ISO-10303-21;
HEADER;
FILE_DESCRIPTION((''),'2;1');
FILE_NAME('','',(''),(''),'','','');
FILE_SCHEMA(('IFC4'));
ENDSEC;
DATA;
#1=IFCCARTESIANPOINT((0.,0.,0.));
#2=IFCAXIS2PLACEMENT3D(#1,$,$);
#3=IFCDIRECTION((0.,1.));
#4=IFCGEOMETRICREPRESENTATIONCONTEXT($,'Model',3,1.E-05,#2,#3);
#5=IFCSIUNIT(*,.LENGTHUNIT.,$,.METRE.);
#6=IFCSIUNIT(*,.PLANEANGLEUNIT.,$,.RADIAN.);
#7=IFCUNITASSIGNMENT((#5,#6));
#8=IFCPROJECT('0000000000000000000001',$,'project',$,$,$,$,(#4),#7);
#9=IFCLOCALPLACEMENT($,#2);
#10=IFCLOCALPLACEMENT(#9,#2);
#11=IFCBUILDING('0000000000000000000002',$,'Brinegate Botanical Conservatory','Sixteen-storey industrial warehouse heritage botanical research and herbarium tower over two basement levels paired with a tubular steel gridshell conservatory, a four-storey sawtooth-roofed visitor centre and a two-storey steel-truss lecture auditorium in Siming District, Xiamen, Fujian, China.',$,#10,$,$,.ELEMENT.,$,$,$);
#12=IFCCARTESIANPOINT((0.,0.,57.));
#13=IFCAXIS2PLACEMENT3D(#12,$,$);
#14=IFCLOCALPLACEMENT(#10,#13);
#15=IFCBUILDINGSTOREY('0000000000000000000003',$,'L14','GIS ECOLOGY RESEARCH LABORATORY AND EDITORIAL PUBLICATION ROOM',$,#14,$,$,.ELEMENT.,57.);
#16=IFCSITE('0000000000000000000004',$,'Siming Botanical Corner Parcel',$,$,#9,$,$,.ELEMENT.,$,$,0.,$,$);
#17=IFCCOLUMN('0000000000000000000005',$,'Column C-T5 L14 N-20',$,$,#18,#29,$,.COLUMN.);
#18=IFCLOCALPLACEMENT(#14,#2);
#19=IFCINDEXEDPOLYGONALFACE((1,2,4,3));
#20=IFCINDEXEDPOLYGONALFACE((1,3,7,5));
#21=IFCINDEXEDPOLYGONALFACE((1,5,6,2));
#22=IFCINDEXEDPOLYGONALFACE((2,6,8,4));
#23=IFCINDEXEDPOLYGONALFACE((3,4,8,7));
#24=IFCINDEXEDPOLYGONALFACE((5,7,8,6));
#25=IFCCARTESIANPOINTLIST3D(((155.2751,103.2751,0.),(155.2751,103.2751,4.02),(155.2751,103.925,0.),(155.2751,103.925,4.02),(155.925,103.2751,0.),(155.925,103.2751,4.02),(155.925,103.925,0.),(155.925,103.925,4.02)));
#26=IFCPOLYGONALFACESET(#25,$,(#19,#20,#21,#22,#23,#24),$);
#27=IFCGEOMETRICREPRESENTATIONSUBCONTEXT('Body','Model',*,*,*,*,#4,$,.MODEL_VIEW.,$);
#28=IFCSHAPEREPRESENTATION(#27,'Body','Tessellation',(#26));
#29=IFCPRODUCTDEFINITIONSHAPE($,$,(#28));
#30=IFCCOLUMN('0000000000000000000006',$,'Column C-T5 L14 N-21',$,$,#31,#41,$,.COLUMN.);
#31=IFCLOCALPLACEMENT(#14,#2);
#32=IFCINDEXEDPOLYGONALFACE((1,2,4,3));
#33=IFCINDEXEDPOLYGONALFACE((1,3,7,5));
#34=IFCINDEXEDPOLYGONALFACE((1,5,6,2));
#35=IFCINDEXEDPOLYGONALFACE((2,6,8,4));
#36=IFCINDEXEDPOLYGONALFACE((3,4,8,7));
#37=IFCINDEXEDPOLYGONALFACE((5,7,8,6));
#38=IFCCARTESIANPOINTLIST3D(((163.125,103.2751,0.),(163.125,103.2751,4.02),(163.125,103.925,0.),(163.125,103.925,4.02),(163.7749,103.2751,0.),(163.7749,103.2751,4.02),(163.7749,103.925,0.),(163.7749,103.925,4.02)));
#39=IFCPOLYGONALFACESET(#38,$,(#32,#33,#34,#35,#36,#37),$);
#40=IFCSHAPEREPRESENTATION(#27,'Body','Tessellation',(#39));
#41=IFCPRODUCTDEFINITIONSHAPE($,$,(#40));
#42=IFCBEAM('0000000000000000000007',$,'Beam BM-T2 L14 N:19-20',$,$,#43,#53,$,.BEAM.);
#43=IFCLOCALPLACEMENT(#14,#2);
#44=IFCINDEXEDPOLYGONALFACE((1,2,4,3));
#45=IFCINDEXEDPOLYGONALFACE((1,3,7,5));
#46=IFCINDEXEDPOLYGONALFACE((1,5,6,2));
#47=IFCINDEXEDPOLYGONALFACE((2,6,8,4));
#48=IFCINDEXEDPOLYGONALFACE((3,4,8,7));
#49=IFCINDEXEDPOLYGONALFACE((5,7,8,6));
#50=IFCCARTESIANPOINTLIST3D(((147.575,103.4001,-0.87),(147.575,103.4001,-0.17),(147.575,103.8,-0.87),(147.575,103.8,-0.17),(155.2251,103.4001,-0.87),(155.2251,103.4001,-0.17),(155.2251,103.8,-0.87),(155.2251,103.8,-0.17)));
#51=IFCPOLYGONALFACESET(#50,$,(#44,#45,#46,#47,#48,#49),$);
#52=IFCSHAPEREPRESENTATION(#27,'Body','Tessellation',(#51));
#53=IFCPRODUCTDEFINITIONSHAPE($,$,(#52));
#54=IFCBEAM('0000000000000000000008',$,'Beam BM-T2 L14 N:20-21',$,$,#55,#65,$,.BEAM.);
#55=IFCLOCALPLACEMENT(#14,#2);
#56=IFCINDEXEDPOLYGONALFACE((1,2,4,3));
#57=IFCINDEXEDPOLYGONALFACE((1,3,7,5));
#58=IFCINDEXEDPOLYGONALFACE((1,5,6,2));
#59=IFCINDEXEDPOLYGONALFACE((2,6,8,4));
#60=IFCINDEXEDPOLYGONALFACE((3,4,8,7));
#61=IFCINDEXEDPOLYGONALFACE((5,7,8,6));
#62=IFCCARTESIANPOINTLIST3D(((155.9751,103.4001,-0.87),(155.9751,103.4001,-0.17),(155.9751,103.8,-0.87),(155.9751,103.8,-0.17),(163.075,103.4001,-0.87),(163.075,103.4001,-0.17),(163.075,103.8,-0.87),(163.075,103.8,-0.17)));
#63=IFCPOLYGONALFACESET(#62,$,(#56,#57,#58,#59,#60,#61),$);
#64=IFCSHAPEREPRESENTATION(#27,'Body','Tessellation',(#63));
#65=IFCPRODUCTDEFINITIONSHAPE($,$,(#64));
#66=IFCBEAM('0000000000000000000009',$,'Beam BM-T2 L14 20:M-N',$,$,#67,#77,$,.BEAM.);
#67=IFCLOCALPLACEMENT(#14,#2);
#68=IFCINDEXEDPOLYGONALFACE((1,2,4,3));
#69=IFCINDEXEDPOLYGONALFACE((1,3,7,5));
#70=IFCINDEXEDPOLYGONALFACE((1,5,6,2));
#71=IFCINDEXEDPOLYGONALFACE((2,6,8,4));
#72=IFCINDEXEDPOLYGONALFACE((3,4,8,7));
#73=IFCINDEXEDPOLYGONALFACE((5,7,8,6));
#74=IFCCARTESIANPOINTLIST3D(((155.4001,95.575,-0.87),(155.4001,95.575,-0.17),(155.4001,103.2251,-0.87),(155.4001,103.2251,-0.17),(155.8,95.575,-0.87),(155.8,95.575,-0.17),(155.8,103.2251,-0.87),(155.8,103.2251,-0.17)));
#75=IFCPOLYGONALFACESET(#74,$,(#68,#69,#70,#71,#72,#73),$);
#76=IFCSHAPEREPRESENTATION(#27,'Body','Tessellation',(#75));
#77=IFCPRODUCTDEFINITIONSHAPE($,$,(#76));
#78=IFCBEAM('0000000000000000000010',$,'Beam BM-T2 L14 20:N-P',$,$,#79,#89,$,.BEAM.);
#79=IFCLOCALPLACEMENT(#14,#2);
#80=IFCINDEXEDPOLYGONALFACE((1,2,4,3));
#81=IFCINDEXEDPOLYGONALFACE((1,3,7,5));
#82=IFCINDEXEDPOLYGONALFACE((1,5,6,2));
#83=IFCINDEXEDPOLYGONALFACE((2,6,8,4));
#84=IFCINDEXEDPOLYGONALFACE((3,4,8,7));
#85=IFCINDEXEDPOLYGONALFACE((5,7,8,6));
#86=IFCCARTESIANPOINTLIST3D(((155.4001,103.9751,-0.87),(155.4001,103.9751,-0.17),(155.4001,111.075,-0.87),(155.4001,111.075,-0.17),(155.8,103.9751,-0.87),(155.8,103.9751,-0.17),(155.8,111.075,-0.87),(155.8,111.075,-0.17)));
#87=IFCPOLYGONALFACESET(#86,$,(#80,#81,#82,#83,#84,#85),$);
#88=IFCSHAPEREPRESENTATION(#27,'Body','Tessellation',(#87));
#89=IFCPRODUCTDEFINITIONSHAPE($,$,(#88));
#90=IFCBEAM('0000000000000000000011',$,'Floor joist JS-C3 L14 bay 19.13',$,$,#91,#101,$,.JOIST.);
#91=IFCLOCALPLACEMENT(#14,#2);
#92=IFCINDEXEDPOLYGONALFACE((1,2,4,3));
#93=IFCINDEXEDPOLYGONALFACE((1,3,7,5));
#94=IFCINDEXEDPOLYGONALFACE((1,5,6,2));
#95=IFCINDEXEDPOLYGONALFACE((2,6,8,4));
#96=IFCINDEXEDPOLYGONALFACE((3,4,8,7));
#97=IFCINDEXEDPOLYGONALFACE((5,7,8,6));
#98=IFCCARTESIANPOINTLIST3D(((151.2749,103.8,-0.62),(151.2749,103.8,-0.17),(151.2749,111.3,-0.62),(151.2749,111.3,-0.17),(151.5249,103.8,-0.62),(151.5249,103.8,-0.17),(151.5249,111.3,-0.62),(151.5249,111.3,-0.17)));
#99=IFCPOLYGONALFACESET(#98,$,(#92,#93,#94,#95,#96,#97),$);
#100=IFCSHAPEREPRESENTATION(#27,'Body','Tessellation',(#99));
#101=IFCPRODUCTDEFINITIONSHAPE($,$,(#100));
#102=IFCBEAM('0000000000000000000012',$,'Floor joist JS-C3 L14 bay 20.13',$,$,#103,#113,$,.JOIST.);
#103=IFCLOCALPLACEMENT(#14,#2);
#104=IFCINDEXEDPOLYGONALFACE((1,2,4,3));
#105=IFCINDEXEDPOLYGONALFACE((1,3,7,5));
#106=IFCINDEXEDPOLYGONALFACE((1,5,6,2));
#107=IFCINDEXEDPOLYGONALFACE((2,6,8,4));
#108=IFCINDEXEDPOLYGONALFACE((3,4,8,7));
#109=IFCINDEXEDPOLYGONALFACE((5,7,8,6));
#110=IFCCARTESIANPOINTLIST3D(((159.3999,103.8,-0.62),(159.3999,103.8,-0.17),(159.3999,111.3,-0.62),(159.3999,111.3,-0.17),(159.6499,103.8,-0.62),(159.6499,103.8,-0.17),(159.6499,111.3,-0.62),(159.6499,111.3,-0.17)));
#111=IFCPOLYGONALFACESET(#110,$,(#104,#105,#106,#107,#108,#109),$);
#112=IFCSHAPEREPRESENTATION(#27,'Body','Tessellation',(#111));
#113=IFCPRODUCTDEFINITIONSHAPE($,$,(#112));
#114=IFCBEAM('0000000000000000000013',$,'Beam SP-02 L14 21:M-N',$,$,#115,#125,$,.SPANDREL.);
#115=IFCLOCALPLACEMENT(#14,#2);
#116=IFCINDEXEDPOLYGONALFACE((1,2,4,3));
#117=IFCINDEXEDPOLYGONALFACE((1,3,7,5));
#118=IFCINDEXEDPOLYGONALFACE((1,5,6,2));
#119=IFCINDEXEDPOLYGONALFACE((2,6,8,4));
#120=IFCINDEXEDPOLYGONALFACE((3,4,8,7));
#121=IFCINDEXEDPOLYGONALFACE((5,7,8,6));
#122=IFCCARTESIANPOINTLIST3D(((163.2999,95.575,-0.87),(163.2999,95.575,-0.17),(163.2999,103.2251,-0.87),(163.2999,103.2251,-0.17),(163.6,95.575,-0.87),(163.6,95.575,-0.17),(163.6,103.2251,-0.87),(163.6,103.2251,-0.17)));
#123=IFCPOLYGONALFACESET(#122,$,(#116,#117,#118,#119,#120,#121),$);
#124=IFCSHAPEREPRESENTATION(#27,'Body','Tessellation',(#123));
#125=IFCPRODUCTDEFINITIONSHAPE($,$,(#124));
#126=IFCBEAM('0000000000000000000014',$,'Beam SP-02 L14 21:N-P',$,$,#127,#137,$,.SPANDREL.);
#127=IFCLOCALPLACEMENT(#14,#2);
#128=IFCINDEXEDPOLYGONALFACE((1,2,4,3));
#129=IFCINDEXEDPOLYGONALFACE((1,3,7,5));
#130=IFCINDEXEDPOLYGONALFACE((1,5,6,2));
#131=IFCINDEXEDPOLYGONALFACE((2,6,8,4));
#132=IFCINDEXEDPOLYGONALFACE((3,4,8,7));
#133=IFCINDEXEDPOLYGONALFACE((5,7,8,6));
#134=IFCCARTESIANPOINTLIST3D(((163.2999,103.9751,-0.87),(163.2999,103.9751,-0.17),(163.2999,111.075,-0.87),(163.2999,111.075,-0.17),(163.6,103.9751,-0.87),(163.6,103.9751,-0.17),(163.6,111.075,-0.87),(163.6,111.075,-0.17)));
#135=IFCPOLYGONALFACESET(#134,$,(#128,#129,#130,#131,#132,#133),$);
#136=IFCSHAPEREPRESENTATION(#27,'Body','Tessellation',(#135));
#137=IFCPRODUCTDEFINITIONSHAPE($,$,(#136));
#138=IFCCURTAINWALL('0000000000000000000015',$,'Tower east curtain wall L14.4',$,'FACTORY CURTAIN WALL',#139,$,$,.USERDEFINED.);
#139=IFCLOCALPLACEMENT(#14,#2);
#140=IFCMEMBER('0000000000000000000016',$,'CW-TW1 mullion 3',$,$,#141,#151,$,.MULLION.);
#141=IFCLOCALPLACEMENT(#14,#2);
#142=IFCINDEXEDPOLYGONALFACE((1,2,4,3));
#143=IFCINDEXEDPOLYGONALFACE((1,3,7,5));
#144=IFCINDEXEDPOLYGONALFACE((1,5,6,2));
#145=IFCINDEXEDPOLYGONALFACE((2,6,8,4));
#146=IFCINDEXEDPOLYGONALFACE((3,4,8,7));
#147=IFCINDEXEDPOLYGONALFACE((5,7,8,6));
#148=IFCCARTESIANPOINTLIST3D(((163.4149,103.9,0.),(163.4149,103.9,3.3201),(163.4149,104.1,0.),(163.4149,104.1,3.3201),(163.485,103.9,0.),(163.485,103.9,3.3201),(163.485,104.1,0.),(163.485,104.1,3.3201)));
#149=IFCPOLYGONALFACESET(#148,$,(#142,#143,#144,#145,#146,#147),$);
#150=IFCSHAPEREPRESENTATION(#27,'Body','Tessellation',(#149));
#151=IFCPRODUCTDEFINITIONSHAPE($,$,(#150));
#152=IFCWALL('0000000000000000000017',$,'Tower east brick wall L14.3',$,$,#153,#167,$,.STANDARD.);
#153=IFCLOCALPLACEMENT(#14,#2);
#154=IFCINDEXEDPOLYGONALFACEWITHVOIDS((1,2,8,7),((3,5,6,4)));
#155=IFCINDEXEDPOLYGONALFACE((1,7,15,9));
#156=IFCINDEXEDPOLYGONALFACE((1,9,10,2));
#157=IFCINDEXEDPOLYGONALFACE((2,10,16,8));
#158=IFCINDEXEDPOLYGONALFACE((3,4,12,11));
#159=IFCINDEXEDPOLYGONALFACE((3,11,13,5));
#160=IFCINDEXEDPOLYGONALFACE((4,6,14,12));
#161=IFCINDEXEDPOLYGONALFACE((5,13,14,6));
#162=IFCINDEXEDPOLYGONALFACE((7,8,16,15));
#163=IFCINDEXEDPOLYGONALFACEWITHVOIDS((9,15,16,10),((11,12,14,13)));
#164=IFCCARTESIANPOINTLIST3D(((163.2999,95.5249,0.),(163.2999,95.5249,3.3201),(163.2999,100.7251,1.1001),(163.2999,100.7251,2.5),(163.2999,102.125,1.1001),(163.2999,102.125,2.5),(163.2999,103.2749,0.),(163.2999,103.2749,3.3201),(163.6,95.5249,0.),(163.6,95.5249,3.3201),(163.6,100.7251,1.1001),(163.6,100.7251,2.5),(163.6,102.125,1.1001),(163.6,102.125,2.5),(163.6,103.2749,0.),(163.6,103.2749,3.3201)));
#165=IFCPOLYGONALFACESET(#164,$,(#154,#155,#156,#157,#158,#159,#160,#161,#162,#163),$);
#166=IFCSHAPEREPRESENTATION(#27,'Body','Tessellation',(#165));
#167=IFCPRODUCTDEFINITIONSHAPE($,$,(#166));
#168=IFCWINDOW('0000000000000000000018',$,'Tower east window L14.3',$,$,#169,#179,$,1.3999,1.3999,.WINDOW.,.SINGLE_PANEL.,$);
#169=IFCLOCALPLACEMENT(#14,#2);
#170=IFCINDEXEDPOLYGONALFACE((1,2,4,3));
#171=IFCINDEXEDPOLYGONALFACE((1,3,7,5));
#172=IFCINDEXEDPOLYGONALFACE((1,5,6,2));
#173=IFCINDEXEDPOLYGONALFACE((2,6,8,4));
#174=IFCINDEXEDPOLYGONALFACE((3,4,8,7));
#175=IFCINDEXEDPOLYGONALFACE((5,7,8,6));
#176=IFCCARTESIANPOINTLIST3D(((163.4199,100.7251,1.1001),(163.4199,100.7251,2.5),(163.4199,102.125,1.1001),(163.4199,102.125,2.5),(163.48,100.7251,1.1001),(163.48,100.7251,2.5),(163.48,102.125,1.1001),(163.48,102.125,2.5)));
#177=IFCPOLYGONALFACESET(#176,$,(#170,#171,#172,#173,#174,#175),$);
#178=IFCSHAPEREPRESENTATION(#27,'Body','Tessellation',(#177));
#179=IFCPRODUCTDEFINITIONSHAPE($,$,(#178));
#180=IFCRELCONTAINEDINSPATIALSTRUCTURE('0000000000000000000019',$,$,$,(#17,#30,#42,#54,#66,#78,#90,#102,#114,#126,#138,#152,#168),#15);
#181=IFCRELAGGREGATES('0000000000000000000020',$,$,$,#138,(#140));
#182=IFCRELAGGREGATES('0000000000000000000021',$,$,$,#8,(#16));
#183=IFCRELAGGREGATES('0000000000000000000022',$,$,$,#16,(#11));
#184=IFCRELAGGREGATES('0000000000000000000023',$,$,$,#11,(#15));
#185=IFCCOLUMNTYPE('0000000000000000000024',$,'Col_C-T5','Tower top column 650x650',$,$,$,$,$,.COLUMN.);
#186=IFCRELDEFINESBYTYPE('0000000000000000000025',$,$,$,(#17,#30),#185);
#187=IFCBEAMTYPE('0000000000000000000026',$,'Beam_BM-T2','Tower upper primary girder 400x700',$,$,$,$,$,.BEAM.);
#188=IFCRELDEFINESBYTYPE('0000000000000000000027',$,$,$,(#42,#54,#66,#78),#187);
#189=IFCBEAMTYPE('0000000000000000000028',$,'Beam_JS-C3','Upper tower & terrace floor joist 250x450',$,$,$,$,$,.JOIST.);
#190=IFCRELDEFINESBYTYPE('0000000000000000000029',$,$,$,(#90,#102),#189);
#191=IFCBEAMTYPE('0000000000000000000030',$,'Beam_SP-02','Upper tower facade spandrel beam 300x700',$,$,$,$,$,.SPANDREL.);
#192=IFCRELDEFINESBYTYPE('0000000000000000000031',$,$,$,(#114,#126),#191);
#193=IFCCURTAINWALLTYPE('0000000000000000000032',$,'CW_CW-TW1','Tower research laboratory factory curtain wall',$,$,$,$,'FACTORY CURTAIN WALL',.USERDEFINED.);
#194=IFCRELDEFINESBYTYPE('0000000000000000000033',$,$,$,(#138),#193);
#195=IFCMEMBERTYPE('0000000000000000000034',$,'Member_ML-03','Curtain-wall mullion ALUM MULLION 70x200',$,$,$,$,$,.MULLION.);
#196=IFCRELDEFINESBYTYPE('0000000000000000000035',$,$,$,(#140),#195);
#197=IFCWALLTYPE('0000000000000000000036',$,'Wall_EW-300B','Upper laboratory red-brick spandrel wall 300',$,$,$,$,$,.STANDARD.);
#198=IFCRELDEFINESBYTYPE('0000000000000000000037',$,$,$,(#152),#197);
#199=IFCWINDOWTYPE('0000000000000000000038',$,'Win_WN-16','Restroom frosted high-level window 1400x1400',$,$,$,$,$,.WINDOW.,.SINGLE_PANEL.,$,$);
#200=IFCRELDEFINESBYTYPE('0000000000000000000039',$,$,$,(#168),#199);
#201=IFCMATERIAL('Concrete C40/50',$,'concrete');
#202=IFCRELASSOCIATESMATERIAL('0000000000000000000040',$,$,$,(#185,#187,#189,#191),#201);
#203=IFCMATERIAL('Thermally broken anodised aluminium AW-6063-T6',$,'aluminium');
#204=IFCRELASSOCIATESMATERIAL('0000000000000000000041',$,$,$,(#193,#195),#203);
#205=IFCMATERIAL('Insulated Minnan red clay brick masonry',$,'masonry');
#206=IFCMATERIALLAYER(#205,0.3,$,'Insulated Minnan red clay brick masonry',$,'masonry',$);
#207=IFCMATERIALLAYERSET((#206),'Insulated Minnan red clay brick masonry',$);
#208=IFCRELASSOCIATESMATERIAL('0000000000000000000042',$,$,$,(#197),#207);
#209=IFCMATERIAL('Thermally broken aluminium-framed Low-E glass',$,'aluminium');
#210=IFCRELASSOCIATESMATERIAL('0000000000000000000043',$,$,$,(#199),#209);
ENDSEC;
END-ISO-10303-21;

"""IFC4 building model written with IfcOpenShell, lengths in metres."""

from ifc_helpers import new_model, si_unit, direction, frame, frame_2d, origin, origin_2d, place, context, subcontext, project, spatial, rectangle, extrude, material, layer, layer_set, material_profile, profile_set, type_object, element, fill, aggregate, save


model = new_model("IFC4")

# Units and contexts
model_context = context("Model", 3, precision=1e-05, world=origin(), true_north=direction((0.0, 1.0)))
body_context = subcontext(model_context, "Body", "Model", "MODEL_VIEW")
ifc_project = project(units=[si_unit("LENGTHUNIT", "METRE"), si_unit("PLANEANGLEUNIT", "RADIAN")], contexts=[model_context])

# Site, building, storey
site_placement = place(None, origin())
site = spatial("IfcSite", under=ifc_project, at=site_placement, Name="Siming Botanical Corner Parcel", CompositionType="ELEMENT", RefElevation=0.0)
building_placement = place(site_placement, origin())
building = spatial("IfcBuilding", under=site, at=building_placement, Name="Brinegate Botanical Conservatory", Description="Sixteen-storey industrial warehouse heritage botanical research and herbarium tower over two basement levels paired with a tubular steel gridshell conservatory, a four-storey sawtooth-roofed visitor centre and a two-storey steel-truss lecture auditorium in Siming District, Xiamen, Fujian, China.", CompositionType="ELEMENT")
storey_placement = place(building_placement, frame((0.0, 0.0, 57.0)))
storey = spatial("IfcBuildingStorey", under=building, at=storey_placement, Name="L14", Description="GIS ECOLOGY RESEARCH LABORATORY AND EDITORIAL PUBLICATION ROOM", CompositionType="ELEMENT", Elevation=57.0)

# Columns
ifc_material_1 = material(Name="Concrete C40/50", Category="concrete")
ifc_material_profile_1 = material_profile(ifc_material_1, rectangle(XDim=0.6499, YDim=0.6499, at=origin_2d()), Name="RC COL 650x650")
ifc_profile_set_1 = profile_set([ifc_material_profile_1], Name="Concrete C40/50")
column_type = type_object("IfcColumnType", Name="Col_C-T5", Description="Tower top column 650x650", PredefinedType="COLUMN", material=ifc_profile_set_1)
for number, where, z_axis, x_axis, name in (
    (1, (155.6001, 103.6001, 0.0), (0.0, 0.0, 1.0), (1.0, 0.0, 0.0), "Column C-T5 L14 N-20"),
    (2, (163.45, 103.6001, 0.0), (0.0, 0.0, 1.0), (1.0, 0.0, 0.0), "Column C-T5 L14 N-21"),
):
    element("IfcColumn", number, at=place(storey_placement, frame(where, z_axis=z_axis, x_axis=x_axis)), inside=storey, type_object=column_type, Name=name, PredefinedType="COLUMN", context=body_context, shape_type="SweptSolid", body=[
        extrude(rectangle(XDim=0.6499, YDim=0.6499, at=origin_2d()), origin(), (0.0, 0.0, 1.0), 4.02),
    ])

# Beams
ifc_material_profile_2 = material_profile(ifc_material_1, rectangle(XDim=0.3999, YDim=0.7, at=origin_2d()), Name="RC BM 400x700")
ifc_profile_set_2 = profile_set([ifc_material_profile_2], Name="Concrete C40/50")
beam_type_1 = type_object("IfcBeamType", Name="Beam_BM-T2", Description="Tower upper primary girder 400x700", PredefinedType="BEAM", material=ifc_profile_set_2)
beam_1_placement = place(storey_placement, frame((147.575, 103.6001, -0.52), z_axis=(1.0, 0.0, 0.0), x_axis=(0.0, 1.0, 0.0)))
element("IfcBeam", 3, at=beam_1_placement, inside=storey, type_object=beam_type_1, Name="Beam BM-T2 L14 N:19-20", PredefinedType="BEAM", context=body_context, shape_type="SweptSolid", body=[
    extrude(rectangle(XDim=0.3999, YDim=0.7, at=origin_2d()), origin(), (0.0, 0.0, 1.0), 7.6501),
])
beam_2_placement = place(storey_placement, frame((155.9751, 103.6001, -0.52), z_axis=(1.0, 0.0, 0.0), x_axis=(0.0, 1.0, 0.0)))
element("IfcBeam", 4, at=beam_2_placement, inside=storey, type_object=beam_type_1, Name="Beam BM-T2 L14 N:20-21", PredefinedType="BEAM", context=body_context, shape_type="SweptSolid", body=[
    extrude(rectangle(XDim=0.3999, YDim=0.7, at=origin_2d()), origin(), (0.0, 0.0, 1.0), 7.0999),
])
beam_3_placement = place(storey_placement, frame((155.6001, 95.575, -0.52), z_axis=(0.0, 1.0, 0.0), x_axis=(-1.0, 0.0, 0.0)))
element("IfcBeam", 5, at=beam_3_placement, inside=storey, type_object=beam_type_1, Name="Beam BM-T2 L14 20:M-N", PredefinedType="BEAM", context=body_context, shape_type="SweptSolid", body=[
    extrude(rectangle(XDim=0.3999, YDim=0.7, at=origin_2d()), origin(), (0.0, 0.0, 1.0), 7.6501),
])
beam_4_placement = place(storey_placement, frame((155.6001, 103.9751, -0.52), z_axis=(0.0, 1.0, 0.0), x_axis=(-1.0, 0.0, 0.0)))
element("IfcBeam", 6, at=beam_4_placement, inside=storey, type_object=beam_type_1, Name="Beam BM-T2 L14 20:N-P", PredefinedType="BEAM", context=body_context, shape_type="SweptSolid", body=[
    extrude(rectangle(XDim=0.3999, YDim=0.7, at=origin_2d()), origin(), (0.0, 0.0, 1.0), 7.0999),
])
ifc_material_profile_3 = material_profile(ifc_material_1, rectangle(XDim=0.25, YDim=0.45, at=origin_2d()), Name="RC JST 250x450")
ifc_profile_set_3 = profile_set([ifc_material_profile_3], Name="Concrete C40/50")
beam_type_2 = type_object("IfcBeamType", Name="Beam_JS-C3", Description="Upper tower & terrace floor joist 250x450", PredefinedType="JOIST", material=ifc_profile_set_3)
for number, where, z_axis, x_axis, name in (
    (7, (151.3999, 103.8, -0.395), (0.0, 1.0, 0.0), (-1.0, 0.0, 0.0), "Floor joist JS-C3 L14 bay 19.13"),
    (8, (159.5249, 103.8, -0.395), (0.0, 1.0, 0.0), (-1.0, 0.0, 0.0), "Floor joist JS-C3 L14 bay 20.13"),
):
    element("IfcBeam", number, at=place(storey_placement, frame(where, z_axis=z_axis, x_axis=x_axis)), inside=storey, type_object=beam_type_2, Name=name, PredefinedType="JOIST", context=body_context, shape_type="SweptSolid", body=[
        extrude(rectangle(XDim=0.25, YDim=0.45, at=origin_2d()), origin(), (0.0, 0.0, 1.0), 7.5),
    ])
ifc_material_profile_4 = material_profile(ifc_material_1, rectangle(XDim=0.3, YDim=0.7, at=origin_2d()), Name="RC SPN 300x700")
ifc_profile_set_4 = profile_set([ifc_material_profile_4], Name="Concrete C40/50")
beam_type_3 = type_object("IfcBeamType", Name="Beam_SP-02", Description="Upper tower facade spandrel beam 300x700", PredefinedType="SPANDREL", material=ifc_profile_set_4)
beam_5_placement = place(storey_placement, frame((163.45, 95.575, -0.52), z_axis=(0.0, 1.0, 0.0), x_axis=(-1.0, 0.0, 0.0)))
element("IfcBeam", 9, at=beam_5_placement, inside=storey, type_object=beam_type_3, Name="Beam SP-02 L14 21:M-N", PredefinedType="SPANDREL", context=body_context, shape_type="SweptSolid", body=[
    extrude(rectangle(XDim=0.3, YDim=0.7, at=origin_2d()), origin(), (0.0, 0.0, 1.0), 7.6501),
])
beam_6_placement = place(storey_placement, frame((163.45, 103.9751, -0.52), z_axis=(0.0, 1.0, 0.0), x_axis=(-1.0, 0.0, 0.0)))
element("IfcBeam", 10, at=beam_6_placement, inside=storey, type_object=beam_type_3, Name="Beam SP-02 L14 21:N-P", PredefinedType="SPANDREL", context=body_context, shape_type="SweptSolid", body=[
    extrude(rectangle(XDim=0.3, YDim=0.7, at=origin_2d()), origin(), (0.0, 0.0, 1.0), 7.0999),
])

# Curtain wall, member
ifc_material_2 = material(Name="Thermally broken anodised aluminium AW-6063-T6", Category="aluminium")
curtain_wall_type = type_object("IfcCurtainWallType", Name="CW_CW-TW1", Description="Tower research laboratory factory curtain wall", ElementType="FACTORY CURTAIN WALL", PredefinedType="USERDEFINED", material=ifc_material_2)
curtain_wall_placement = place(storey_placement, origin())
curtain_wall = element("IfcCurtainWall", 11, at=curtain_wall_placement, inside=storey, type_object=curtain_wall_type, Name="Tower east curtain wall L14.4", ObjectType="FACTORY CURTAIN WALL", PredefinedType="USERDEFINED")
ifc_material_profile_5 = material_profile(ifc_material_2, rectangle(XDim=0.0701, YDim=0.2, at=origin_2d()), Name="ALUM MULLION 70x200")
ifc_profile_set_5 = profile_set([ifc_material_profile_5], Name="Thermally broken anodised aluminium AW-6063-T6")
member_type = type_object("IfcMemberType", Name="Member_ML-03", Description="Curtain-wall mullion ALUM MULLION 70x200", PredefinedType="MULLION", material=ifc_profile_set_5)
member_placement = place(storey_placement, frame((163.45, 104.0, 0.0), z_axis=(0.0, 0.0, 1.0), x_axis=(1.0, 0.0, 0.0)))
member = element("IfcMember", 12, at=member_placement, type_object=member_type, Name="CW-TW1 mullion 3", PredefinedType="MULLION", context=body_context, shape_type="SweptSolid", body=[
    extrude(rectangle(XDim=0.0701, YDim=0.2, at=origin_2d()), origin(), (0.0, 0.0, 1.0), 3.3201),
])
aggregate(curtain_wall, [member])

# Wall, opening, window
ifc_material_3 = material(Name="Insulated Minnan red clay brick masonry", Category="masonry")
ifc_layer_1 = layer(ifc_material_3, 0.3, Name="Insulated Minnan red clay brick masonry", Category="masonry")
ifc_layer_set_1 = layer_set([ifc_layer_1], Name="Insulated Minnan red clay brick masonry")
wall_type_1 = type_object("IfcWallType", Name="Wall_EW-300B", Description="Upper laboratory red-brick spandrel wall 300", PredefinedType="STANDARD", material=ifc_layer_set_1)
wall_1_placement = place(storey_placement, frame((163.45, 103.2749, 0.0), z_axis=(0.0, 0.0, 1.0), x_axis=(0.0, -1.0, 0.0)))
wall_1 = element("IfcWall", 13, at=wall_1_placement, inside=storey, type_object=wall_type_1, Name="Tower east brick wall L14.3", PredefinedType="STANDARD", context=body_context, shape_type="SweptSolid", body=[
    extrude(rectangle(XDim=7.75, YDim=0.3, at=frame_2d((3.875, 0.0))), origin(), (0.0, 0.0, 1.0), 3.3201),
])
opening_1_placement = place(wall_1_placement, frame((1.1499, 0.0, 1.1001)))
opening_1 = element("IfcOpeningElement", 14, at=opening_1_placement, cuts=wall_1, PredefinedType="OPENING", context=body_context, shape_type="SweptSolid", body=[
    extrude(rectangle(XDim=1.3999, YDim=1.3999, at=frame_2d((0.7, 0.7))), frame((0.0, 0.1599, 0.0), z_axis=(0.0, -1.0, 0.0), x_axis=(1.0, 0.0, 0.0)), (0.0, 0.0, 1.0), 0.3201),
])
ifc_material_4 = material(Name="Thermally broken aluminium-framed Low-E glass", Category="aluminium")
window_type = type_object("IfcWindowType", Name="Win_WN-16", Description="Restroom frosted high-level window 1400x1400", PartitioningType="SINGLE_PANEL", PredefinedType="WINDOW", material=ifc_material_4)
window_placement = place(opening_1_placement, origin())
window = element("IfcWindow", 15, at=window_placement, inside=storey, type_object=window_type, Name="Tower east window L14.3", OverallHeight=1.3999, OverallWidth=1.3999, PartitioningType="SINGLE_PANEL", PredefinedType="WINDOW", context=body_context, shape_type="SweptSolid", body=[
    extrude(rectangle(XDim=1.3999, YDim=1.3999, at=frame_2d((0.7, 0.7))), frame((0.0, 0.03, 0.0), z_axis=(0.0, -1.0, 0.0), x_axis=(1.0, 0.0, 0.0)), (0.0, 0.0, 1.0), 0.0601),
])
fill(opening_1, window)

save(model, "model.ifc")
